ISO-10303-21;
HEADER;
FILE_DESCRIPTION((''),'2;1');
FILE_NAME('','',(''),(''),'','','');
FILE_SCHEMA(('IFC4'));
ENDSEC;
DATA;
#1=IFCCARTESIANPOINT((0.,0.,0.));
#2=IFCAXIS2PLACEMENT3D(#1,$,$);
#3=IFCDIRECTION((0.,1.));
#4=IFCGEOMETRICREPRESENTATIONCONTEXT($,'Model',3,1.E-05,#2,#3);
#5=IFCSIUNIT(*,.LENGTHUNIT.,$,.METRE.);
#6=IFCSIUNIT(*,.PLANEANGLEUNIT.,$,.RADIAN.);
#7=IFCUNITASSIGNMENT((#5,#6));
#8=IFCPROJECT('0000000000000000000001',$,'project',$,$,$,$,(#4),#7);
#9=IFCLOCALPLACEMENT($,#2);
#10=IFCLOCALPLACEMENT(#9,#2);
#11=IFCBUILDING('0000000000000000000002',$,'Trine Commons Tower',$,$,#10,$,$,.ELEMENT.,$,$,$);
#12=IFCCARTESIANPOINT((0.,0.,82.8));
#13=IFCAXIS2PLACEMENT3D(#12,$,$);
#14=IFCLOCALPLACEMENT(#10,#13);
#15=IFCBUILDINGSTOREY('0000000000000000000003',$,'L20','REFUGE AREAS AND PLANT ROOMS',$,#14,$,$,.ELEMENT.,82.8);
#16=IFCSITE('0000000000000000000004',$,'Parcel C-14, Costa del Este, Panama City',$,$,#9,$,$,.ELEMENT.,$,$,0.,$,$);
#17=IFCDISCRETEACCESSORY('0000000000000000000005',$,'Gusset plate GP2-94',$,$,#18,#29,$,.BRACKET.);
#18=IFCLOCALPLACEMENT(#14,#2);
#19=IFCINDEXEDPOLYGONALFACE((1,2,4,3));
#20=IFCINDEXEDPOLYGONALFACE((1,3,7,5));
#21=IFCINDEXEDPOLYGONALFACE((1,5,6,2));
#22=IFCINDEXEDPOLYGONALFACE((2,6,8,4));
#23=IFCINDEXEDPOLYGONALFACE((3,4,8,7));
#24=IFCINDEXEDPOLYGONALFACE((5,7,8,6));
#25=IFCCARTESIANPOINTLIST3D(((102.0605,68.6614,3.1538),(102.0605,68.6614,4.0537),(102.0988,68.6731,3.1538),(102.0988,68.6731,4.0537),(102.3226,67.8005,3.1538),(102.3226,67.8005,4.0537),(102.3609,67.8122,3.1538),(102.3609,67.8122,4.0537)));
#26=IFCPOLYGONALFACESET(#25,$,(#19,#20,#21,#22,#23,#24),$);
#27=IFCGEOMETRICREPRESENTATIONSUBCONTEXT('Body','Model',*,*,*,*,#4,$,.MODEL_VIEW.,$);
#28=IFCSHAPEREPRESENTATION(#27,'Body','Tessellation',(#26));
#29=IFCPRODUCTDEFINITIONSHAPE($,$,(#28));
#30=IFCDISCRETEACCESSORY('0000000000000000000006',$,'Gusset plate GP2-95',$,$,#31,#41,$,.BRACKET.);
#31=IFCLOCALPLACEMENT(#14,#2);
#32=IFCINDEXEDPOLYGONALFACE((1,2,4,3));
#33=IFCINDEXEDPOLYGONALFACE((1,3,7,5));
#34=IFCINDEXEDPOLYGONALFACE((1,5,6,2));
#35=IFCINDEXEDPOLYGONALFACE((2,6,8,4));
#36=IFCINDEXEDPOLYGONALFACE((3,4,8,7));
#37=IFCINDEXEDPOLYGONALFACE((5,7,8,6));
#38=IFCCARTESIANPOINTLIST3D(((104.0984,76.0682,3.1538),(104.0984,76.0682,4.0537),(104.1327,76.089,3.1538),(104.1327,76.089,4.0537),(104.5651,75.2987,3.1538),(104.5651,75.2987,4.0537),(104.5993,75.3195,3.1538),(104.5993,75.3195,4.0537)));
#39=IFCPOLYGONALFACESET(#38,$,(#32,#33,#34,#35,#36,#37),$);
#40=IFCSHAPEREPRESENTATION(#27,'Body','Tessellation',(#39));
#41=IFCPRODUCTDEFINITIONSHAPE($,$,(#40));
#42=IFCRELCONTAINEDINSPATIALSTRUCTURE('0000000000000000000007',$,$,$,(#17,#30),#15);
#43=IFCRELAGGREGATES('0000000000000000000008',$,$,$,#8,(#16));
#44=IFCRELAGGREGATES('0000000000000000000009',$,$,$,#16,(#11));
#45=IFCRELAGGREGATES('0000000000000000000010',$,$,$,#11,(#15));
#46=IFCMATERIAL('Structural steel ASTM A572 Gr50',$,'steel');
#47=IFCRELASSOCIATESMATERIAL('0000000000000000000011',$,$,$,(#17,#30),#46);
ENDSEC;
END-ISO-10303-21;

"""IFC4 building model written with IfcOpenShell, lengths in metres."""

from ifc_helpers import new_model, si_unit, direction, frame, origin, origin_2d, place, context, subcontext, project, spatial, rectangle, extrude, material, element, save


model = new_model("IFC4")

# Units and contexts
model_context = context("Model", 3, precision=1e-05, world=origin(), true_north=direction((0.0, 1.0)))
body_context = subcontext(model_context, "Body", "Model", "MODEL_VIEW")
ifc_project = project(units=[si_unit("LENGTHUNIT", "METRE"), si_unit("PLANEANGLEUNIT", "RADIAN")], contexts=[model_context])

# Site, building, storey
site_placement = place(None, origin())
site = spatial("IfcSite", under=ifc_project, at=site_placement, Name="Parcel C-14, Costa del Este, Panama City", CompositionType="ELEMENT", RefElevation=0.0)
building_placement = place(site_placement, origin())
building = spatial("IfcBuilding", under=site, at=building_placement, Name="Trine Commons Tower", CompositionType="ELEMENT")
storey_placement = place(building_placement, frame((0.0, 0.0, 82.8)))
storey = spatial("IfcBuildingStorey", under=building, at=storey_placement, Name="L20", Description="REFUGE AREAS AND PLANT ROOMS", CompositionType="ELEMENT", Elevation=82.8)

# Discrete accessories
ifc_material_1 = material(Name="Structural steel ASTM A572 Gr50", Category="steel")
for number, where, z_axis, x_axis, name in (
    (1, (102.2107, 68.2368, 3.1538), (0.0, 0.0, 1.0), (-0.291303, 0.956631, 0.0), "Gusset plate GP2-94"),
    (2, (104.3489, 75.6938, 3.1538), (0.0, 0.0, 1.0), (-0.518579, 0.85503, 0.0), "Gusset plate GP2-95"),
):
    element("IfcDiscreteAccessory", number, at=place(storey_placement, frame(where, z_axis=z_axis, x_axis=x_axis)), inside=storey, material=ifc_material_1, Name=name, PredefinedType="BRACKET", context=body_context, shape_type="SweptSolid", body=[
        extrude(rectangle(XDim=0.8999, YDim=0.04, at=origin_2d()), origin(), (0.0, 0.0, 1.0), 0.8999),
    ])

save(model, "model.ifc")
